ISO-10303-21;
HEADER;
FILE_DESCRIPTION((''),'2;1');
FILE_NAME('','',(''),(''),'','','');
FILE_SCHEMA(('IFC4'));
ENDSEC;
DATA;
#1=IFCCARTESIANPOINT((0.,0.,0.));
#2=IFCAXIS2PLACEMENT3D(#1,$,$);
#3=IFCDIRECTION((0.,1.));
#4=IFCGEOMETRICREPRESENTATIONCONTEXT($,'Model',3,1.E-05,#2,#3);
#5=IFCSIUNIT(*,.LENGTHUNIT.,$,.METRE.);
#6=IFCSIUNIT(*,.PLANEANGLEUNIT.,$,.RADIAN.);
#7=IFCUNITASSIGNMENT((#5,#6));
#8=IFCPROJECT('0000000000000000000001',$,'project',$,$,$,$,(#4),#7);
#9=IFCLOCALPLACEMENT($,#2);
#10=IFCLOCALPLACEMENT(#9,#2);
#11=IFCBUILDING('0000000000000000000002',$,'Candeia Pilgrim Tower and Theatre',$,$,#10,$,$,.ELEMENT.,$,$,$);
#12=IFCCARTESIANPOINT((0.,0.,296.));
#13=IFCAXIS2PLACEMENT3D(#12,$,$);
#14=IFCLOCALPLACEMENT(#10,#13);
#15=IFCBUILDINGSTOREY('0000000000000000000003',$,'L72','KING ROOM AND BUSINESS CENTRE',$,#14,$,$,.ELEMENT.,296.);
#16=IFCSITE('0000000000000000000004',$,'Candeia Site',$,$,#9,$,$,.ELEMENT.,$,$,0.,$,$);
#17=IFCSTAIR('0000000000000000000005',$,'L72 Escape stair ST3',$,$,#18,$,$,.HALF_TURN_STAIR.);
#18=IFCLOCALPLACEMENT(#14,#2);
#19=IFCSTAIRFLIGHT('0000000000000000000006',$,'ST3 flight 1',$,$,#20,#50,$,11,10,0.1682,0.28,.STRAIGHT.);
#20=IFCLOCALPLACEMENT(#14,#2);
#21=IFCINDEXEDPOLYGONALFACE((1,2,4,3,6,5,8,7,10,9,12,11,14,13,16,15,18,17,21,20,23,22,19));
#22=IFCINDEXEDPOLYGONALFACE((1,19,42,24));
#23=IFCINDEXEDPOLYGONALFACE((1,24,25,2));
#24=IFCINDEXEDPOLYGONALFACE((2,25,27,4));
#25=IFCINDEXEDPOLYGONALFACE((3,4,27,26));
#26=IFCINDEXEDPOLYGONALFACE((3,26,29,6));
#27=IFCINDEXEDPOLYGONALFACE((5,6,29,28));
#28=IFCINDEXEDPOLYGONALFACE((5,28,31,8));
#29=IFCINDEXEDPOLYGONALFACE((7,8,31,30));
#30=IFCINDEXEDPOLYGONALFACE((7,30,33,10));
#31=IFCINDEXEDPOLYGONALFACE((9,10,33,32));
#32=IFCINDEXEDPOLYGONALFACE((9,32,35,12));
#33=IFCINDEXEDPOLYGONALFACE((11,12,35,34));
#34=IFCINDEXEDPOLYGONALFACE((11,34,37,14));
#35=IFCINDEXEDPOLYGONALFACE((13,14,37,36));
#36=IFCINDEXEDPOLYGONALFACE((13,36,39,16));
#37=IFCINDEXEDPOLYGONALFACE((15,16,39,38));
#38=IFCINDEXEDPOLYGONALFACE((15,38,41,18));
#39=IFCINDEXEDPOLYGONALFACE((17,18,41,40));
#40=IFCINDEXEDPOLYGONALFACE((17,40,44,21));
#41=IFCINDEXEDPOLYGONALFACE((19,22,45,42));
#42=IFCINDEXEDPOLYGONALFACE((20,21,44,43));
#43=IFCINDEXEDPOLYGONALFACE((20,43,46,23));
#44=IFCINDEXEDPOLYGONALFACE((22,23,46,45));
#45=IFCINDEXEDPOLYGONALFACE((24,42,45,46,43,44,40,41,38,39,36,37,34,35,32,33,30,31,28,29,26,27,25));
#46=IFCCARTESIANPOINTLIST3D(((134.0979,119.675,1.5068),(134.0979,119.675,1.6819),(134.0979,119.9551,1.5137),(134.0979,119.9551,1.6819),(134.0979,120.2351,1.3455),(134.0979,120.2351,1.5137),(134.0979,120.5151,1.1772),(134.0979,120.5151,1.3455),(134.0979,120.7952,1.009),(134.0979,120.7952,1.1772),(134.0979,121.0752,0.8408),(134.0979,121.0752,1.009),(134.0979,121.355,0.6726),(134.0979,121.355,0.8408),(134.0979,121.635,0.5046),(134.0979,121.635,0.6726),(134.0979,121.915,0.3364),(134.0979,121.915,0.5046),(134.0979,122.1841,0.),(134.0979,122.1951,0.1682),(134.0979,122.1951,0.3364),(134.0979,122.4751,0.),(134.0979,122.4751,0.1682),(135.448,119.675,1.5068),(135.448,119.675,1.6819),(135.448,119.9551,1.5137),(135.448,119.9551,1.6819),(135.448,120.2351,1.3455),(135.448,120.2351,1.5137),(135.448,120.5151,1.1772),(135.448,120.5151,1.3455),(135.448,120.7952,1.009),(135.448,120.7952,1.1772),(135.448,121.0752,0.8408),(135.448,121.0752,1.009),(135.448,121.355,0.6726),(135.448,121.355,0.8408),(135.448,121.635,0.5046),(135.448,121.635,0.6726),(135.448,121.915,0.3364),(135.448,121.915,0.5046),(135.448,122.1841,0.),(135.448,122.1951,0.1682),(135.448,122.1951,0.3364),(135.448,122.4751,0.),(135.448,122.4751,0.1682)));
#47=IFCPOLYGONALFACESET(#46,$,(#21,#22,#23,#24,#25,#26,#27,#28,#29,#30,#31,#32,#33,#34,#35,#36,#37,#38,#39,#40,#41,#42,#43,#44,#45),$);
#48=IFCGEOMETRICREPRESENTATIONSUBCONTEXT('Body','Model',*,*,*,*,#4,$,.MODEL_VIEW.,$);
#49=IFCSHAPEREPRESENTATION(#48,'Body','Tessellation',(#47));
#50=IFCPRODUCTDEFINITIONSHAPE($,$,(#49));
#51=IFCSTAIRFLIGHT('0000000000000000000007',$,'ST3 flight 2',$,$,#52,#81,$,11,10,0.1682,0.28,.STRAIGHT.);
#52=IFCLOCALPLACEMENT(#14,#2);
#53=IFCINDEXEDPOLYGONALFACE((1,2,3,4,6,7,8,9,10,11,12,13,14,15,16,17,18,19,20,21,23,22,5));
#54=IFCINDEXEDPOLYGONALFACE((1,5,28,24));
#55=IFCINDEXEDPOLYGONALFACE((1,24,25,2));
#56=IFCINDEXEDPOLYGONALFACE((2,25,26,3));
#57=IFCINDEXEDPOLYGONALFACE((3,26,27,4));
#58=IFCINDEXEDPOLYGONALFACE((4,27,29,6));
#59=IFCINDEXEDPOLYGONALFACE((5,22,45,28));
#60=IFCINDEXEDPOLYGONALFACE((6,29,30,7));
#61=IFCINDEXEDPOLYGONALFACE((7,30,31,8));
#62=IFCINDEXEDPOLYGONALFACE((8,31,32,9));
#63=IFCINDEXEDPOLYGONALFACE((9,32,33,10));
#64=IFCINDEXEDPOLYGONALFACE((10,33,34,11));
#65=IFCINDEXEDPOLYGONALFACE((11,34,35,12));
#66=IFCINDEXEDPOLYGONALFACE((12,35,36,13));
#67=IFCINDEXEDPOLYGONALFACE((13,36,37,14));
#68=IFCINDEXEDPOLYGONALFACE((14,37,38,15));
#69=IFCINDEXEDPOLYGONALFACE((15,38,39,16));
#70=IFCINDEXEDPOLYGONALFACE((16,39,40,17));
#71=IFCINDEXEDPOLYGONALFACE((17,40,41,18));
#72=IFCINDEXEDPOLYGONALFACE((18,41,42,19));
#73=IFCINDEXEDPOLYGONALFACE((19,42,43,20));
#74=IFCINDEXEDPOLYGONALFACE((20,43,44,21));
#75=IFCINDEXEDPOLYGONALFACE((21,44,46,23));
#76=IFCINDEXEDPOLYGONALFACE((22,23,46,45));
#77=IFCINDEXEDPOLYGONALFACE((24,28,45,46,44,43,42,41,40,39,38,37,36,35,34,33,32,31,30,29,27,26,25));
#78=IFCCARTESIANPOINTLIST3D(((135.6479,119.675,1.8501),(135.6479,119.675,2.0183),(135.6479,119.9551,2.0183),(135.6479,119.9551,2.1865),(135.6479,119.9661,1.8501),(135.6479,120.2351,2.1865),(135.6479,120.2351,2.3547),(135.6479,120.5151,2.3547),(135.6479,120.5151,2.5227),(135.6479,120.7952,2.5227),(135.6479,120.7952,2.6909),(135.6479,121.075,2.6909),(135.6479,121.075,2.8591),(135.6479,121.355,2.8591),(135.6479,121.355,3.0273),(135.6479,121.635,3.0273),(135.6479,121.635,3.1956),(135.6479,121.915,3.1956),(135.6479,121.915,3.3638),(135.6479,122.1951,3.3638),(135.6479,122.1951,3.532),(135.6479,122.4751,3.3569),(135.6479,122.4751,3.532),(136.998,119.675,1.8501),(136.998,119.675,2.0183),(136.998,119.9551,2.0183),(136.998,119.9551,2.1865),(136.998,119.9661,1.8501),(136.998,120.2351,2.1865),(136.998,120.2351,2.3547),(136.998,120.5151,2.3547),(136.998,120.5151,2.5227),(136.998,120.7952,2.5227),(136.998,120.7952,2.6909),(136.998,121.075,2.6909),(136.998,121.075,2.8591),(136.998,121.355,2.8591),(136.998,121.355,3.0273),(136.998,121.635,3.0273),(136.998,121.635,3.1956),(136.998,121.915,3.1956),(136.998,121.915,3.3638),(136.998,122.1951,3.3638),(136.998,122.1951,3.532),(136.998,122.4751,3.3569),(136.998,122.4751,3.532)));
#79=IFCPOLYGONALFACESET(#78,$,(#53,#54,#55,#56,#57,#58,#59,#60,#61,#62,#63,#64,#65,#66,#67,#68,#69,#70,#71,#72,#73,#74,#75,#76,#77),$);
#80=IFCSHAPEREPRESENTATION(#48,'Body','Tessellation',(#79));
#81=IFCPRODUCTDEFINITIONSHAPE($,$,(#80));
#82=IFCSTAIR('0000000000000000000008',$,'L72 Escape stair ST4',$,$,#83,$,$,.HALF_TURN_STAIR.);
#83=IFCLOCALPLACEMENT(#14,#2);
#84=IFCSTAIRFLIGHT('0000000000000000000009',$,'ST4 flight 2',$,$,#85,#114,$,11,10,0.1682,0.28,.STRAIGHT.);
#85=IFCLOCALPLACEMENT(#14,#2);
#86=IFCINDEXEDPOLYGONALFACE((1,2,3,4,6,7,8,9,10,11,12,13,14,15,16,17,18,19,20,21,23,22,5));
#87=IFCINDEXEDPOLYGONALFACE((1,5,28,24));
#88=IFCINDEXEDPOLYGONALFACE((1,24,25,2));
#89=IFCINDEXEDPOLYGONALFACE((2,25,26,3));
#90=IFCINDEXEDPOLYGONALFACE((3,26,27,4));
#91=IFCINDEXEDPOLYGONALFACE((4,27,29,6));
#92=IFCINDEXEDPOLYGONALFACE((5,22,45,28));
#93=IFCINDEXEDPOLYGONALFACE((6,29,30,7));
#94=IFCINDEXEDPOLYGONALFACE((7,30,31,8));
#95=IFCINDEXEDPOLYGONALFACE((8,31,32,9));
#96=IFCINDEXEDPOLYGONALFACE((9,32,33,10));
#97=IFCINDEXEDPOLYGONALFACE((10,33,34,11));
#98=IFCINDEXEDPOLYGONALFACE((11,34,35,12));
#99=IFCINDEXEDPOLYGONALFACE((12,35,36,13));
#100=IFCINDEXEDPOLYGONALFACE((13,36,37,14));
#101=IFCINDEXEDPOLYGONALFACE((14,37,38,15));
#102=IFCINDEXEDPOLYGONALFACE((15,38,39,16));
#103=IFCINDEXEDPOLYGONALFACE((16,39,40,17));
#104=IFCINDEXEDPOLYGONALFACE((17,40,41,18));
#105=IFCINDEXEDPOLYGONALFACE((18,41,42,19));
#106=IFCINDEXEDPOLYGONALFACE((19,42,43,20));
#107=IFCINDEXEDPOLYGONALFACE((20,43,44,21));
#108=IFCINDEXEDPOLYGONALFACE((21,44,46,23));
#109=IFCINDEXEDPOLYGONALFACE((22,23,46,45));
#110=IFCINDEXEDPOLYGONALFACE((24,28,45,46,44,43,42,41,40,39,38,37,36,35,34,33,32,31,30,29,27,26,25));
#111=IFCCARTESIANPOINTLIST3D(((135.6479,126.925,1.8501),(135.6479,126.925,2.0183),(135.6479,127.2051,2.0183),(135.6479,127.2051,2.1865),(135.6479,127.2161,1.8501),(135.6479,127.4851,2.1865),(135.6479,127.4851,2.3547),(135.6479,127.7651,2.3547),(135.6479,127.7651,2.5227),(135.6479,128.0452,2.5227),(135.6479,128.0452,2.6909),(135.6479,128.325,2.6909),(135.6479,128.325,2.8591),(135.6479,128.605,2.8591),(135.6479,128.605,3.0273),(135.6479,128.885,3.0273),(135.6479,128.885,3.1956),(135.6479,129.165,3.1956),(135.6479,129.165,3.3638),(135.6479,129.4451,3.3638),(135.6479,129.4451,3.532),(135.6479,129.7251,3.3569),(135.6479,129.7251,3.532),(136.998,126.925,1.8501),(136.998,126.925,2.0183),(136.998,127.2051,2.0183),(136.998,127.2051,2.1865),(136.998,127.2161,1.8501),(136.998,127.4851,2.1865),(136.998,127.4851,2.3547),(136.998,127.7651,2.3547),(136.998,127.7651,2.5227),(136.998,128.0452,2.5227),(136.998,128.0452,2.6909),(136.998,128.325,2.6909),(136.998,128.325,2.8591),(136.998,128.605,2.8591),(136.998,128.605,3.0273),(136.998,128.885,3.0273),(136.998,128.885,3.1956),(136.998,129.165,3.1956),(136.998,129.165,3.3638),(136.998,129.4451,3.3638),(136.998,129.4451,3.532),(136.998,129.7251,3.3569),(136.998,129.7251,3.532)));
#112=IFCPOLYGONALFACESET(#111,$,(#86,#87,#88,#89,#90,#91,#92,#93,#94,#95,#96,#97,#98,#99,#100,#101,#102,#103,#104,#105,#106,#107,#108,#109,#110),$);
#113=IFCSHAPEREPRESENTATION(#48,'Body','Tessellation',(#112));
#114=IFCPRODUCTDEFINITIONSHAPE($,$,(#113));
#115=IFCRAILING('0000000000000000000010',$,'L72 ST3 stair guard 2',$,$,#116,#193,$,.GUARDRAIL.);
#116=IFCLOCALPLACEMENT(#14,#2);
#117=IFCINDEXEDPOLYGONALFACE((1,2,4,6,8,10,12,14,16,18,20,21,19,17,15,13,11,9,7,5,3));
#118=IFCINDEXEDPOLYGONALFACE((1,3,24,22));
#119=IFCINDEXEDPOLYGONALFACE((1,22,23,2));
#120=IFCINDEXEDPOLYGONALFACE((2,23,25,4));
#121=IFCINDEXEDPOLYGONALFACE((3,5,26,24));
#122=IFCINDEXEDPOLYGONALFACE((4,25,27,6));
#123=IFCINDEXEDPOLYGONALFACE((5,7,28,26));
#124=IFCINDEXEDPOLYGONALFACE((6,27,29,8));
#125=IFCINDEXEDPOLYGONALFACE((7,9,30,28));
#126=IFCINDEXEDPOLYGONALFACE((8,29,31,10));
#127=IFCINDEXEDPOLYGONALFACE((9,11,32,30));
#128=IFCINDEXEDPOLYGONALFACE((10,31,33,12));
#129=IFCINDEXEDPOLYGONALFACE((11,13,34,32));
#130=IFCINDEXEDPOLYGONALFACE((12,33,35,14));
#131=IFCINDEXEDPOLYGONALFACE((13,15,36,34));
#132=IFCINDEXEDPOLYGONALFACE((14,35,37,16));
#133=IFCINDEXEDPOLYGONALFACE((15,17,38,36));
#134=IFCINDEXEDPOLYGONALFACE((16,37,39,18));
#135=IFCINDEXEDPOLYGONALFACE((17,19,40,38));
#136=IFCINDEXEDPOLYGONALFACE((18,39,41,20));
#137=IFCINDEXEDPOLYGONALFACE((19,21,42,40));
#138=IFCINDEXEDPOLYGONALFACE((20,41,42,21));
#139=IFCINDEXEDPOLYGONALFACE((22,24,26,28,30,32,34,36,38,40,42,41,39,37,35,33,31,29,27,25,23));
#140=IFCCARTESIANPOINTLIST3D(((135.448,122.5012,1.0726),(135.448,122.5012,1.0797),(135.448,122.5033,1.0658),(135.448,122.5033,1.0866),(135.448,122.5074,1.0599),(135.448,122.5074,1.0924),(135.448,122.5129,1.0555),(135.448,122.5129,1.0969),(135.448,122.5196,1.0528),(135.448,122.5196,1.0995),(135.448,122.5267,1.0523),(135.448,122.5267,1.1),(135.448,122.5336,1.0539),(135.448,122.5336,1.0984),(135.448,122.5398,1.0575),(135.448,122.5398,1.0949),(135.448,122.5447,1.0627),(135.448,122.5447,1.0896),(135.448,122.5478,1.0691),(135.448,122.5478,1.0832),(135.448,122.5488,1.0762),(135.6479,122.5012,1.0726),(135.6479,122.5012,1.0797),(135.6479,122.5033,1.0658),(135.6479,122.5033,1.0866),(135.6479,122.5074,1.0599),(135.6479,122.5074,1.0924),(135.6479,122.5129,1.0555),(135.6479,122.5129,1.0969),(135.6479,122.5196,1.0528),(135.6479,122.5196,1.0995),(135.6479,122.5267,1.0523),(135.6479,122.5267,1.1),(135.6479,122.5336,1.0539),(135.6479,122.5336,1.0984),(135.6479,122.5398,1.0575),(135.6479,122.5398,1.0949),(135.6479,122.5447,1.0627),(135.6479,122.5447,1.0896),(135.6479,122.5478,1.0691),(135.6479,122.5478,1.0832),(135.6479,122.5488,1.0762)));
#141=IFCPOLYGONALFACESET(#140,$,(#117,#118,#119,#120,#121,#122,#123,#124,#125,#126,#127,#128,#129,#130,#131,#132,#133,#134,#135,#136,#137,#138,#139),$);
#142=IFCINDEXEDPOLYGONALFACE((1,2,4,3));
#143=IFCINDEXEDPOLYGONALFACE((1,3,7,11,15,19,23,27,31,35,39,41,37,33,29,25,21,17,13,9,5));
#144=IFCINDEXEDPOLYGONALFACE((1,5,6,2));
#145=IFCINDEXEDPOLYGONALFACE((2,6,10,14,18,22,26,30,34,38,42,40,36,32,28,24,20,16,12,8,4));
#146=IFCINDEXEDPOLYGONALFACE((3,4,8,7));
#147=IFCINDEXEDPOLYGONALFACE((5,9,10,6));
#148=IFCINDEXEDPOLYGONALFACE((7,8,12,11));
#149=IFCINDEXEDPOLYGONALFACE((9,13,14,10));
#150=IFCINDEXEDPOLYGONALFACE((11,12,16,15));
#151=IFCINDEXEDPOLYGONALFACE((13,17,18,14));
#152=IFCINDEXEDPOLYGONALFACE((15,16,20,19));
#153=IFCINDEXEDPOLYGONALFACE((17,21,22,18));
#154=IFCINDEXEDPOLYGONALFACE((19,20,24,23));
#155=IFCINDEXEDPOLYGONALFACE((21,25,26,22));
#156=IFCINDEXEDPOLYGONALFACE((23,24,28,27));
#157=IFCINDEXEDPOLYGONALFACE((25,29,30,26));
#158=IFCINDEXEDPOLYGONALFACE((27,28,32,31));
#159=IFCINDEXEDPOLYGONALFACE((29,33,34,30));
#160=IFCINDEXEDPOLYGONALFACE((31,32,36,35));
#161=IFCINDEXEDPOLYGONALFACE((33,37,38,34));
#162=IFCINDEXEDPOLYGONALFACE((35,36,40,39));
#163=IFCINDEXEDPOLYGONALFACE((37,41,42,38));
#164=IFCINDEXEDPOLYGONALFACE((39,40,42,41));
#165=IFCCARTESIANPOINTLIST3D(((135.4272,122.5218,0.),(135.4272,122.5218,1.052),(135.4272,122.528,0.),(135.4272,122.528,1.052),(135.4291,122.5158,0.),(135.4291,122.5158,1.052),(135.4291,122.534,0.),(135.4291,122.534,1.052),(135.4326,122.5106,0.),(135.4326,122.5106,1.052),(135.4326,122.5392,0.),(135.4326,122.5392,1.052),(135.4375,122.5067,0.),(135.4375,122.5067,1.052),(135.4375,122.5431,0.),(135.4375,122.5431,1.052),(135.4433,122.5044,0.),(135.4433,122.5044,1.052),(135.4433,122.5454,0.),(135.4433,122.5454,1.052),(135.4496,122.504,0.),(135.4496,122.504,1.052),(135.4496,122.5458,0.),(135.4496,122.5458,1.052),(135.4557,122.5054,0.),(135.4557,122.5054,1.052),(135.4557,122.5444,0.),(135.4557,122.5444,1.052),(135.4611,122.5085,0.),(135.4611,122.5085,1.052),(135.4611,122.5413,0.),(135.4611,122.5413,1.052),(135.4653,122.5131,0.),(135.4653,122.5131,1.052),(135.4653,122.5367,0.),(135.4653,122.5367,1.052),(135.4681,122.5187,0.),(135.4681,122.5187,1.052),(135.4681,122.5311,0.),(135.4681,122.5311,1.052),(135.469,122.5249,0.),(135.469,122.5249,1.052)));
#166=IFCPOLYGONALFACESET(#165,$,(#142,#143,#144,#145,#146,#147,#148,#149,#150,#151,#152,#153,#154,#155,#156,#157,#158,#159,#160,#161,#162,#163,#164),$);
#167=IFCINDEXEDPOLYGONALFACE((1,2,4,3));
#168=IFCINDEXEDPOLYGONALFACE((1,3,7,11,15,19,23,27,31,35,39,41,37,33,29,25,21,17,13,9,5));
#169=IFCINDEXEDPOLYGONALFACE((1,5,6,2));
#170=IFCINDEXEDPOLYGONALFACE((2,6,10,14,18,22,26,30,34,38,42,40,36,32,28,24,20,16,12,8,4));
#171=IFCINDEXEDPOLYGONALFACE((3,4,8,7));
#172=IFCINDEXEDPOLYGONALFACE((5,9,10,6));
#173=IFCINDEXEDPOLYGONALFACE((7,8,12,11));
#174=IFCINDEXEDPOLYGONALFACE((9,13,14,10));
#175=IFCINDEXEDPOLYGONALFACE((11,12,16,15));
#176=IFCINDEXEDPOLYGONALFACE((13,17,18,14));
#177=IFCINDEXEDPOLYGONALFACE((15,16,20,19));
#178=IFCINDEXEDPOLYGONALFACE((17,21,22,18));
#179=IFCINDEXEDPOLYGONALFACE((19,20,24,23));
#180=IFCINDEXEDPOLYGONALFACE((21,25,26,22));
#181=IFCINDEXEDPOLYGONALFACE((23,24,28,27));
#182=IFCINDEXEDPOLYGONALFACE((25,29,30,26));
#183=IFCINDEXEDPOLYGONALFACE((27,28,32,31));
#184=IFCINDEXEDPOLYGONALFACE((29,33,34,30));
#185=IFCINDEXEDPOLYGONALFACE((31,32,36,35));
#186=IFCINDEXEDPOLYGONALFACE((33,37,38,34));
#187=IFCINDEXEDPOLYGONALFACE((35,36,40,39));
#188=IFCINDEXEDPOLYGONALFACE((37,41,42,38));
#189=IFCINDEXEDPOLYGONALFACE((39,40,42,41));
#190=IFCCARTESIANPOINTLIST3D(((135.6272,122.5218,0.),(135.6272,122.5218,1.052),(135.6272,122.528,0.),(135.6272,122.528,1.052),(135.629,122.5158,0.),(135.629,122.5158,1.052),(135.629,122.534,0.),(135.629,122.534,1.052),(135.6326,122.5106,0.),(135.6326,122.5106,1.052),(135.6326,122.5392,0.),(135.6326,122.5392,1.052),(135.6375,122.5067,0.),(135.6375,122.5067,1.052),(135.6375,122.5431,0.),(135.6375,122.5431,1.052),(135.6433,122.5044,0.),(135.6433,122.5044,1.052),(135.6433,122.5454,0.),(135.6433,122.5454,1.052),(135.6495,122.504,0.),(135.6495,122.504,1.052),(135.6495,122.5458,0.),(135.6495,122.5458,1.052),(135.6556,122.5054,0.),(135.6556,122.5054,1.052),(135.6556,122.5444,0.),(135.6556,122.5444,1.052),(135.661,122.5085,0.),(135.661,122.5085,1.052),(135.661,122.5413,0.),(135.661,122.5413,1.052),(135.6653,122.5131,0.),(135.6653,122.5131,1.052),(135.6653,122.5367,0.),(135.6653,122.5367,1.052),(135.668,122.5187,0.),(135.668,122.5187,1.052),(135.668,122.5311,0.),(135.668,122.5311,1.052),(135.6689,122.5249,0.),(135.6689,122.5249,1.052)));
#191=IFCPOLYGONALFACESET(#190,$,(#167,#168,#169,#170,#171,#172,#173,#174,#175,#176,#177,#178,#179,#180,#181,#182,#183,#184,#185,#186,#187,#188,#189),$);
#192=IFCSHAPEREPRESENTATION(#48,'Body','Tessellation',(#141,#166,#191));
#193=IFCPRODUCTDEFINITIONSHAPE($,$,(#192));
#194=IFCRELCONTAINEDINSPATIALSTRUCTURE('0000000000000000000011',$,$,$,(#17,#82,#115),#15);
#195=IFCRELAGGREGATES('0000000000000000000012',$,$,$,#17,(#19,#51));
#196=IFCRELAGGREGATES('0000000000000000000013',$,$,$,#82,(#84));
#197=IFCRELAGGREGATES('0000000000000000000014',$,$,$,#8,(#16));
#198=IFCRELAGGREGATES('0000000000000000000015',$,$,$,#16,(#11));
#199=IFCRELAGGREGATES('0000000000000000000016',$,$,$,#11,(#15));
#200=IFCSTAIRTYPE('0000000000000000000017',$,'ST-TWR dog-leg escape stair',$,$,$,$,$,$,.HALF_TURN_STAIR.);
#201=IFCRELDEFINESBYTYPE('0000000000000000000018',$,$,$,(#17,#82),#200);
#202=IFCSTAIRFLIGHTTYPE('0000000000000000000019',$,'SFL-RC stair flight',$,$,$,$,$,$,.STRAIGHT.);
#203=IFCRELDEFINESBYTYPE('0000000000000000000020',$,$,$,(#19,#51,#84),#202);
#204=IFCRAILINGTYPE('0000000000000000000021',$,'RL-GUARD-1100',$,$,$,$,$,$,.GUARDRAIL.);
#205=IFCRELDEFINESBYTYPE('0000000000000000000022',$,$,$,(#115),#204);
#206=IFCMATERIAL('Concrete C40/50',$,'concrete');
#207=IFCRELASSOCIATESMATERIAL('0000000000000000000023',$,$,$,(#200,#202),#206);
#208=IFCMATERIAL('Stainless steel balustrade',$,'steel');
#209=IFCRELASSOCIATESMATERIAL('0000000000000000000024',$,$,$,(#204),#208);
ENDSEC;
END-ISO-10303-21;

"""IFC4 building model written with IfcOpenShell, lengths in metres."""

from ifc_helpers import new_model, si_unit, direction, frame, origin, origin_2d, place, context, subcontext, project, spatial, polyline, circle, outline, extrude, material, type_object, element, aggregate, save


model = new_model("IFC4")

# Units and contexts
model_context = context("Model", 3, precision=1e-05, world=origin(), true_north=direction((0.0, 1.0)))
body_context = subcontext(model_context, "Body", "Model", "MODEL_VIEW")
ifc_project = project(units=[si_unit("LENGTHUNIT", "METRE"), si_unit("PLANEANGLEUNIT", "RADIAN")], contexts=[model_context])

# Site, building, storey
site_placement = place(None, origin())
site = spatial("IfcSite", under=ifc_project, at=site_placement, Name="Candeia Site", CompositionType="ELEMENT", RefElevation=0.0)
building_placement = place(site_placement, origin())
building = spatial("IfcBuilding", under=site, at=building_placement, Name="Candeia Pilgrim Tower and Theatre", CompositionType="ELEMENT")
storey_placement = place(building_placement, frame((0.0, 0.0, 296.0)))
storey = spatial("IfcBuildingStorey", under=building, at=storey_placement, Name="L72", Description="KING ROOM AND BUSINESS CENTRE", CompositionType="ELEMENT", Elevation=296.0)

# Shared definitions
ifc_material_1 = material(Name="Concrete C40/50", Category="concrete")

# Stair, stair flights
stair_type = type_object("IfcStairType", Name="ST-TWR dog-leg escape stair", PredefinedType="HALF_TURN_STAIR", material=ifc_material_1)
stair_1_placement = place(storey_placement, origin())
stair_1 = element("IfcStair", 1, at=stair_1_placement, inside=storey, type_object=stair_type, Name="L72 Escape stair ST3", PredefinedType="HALF_TURN_STAIR")
stair_flight_type = type_object("IfcStairFlightType", Name="SFL-RC stair flight", PredefinedType="STRAIGHT", material=ifc_material_1)
stair_flight_1_placement = place(storey_placement, frame((134.7729, 122.4751, 0.0), z_axis=(0.0, 0.0, 1.0), x_axis=(0.0, -1.0, 0.0)))
stair_flight_1 = element("IfcStairFlight", 2, at=stair_flight_1_placement, type_object=stair_flight_type, Name="ST3 flight 1", NumberOfRisers=11, NumberOfTreads=10, PredefinedType="STRAIGHT", RiserHeight=0.1682, TreadLength=0.28, context=body_context, shape_type="SweptSolid", body=[
    extrude(outline(polyline([(0.0, 0.0), (0.0, 0.1682), (0.28, 0.1682), (0.28, 0.3364), (0.5601, 0.3364), (0.5601, 0.5046), (0.8401, 0.5046), (0.8401, 0.6726), (1.1201, 0.6726), (1.1201, 0.8408), (1.3999, 0.8408), (1.3999, 1.009), (1.6799, 1.009), (1.6799, 1.1772), (1.96, 1.1772), (1.96, 1.3455), (2.24, 1.3455), (2.24, 1.5137), (2.52, 1.5137), (2.52, 1.6819), (2.8, 1.6819), (2.8, 1.8501), (2.8, 1.5068), (0.291, 0.0), (0.0, 0.0)])), frame((0.0, 0.675, 0.0), z_axis=(0.0, -1.0, 0.0), x_axis=(1.0, 0.0, 0.0)), (0.0, 0.0, 1.0), 1.3501),
])
stair_flight_2_placement = place(storey_placement, frame((136.323, 119.675, 1.8501), z_axis=(0.0, 0.0, 1.0), x_axis=(0.0, 1.0, 0.0)))
stair_flight_2 = element("IfcStairFlight", 3, at=stair_flight_2_placement, type_object=stair_flight_type, Name="ST3 flight 2", NumberOfRisers=11, NumberOfTreads=10, PredefinedType="STRAIGHT", RiserHeight=0.1682, TreadLength=0.28, context=body_context, shape_type="SweptSolid", body=[
    extrude(outline(polyline([(0.0, 0.0), (0.0, 0.1682), (0.28, 0.1682), (0.28, 0.3364), (0.5601, 0.3364), (0.5601, 0.5046), (0.8401, 0.5046), (0.8401, 0.6726), (1.1201, 0.6726), (1.1201, 0.8408), (1.3999, 0.8408), (1.3999, 1.009), (1.6799, 1.009), (1.6799, 1.1772), (1.96, 1.1772), (1.96, 1.3455), (2.24, 1.3455), (2.24, 1.5137), (2.52, 1.5137), (2.52, 1.6819), (2.8, 1.6819), (2.8, 1.8501), (2.8, 1.5068), (0.291, 0.0), (0.0, 0.0)])), frame((0.0, 0.675, 0.0), z_axis=(0.0, -1.0, 0.0), x_axis=(1.0, 0.0, 0.0)), (0.0, 0.0, 1.0), 1.3501),
])
aggregate(stair_1, [stair_flight_1, stair_flight_2])

# Stair, stair flight
stair_2_placement = place(storey_placement, origin())
stair_2 = element("IfcStair", 4, at=stair_2_placement, inside=storey, type_object=stair_type, Name="L72 Escape stair ST4", PredefinedType="HALF_TURN_STAIR")
stair_flight_3_placement = place(storey_placement, frame((136.323, 126.925, 1.8501), z_axis=(0.0, 0.0, 1.0), x_axis=(0.0, 1.0, 0.0)))
stair_flight_3 = element("IfcStairFlight", 5, at=stair_flight_3_placement, type_object=stair_flight_type, Name="ST4 flight 2", NumberOfRisers=11, NumberOfTreads=10, PredefinedType="STRAIGHT", RiserHeight=0.1682, TreadLength=0.28, context=body_context, shape_type="SweptSolid", body=[
    extrude(outline(polyline([(0.0, 0.0), (0.0, 0.1682), (0.28, 0.1682), (0.28, 0.3364), (0.5601, 0.3364), (0.5601, 0.5046), (0.8401, 0.5046), (0.8401, 0.6726), (1.1201, 0.6726), (1.1201, 0.8408), (1.3999, 0.8408), (1.3999, 1.009), (1.6799, 1.009), (1.6799, 1.1772), (1.96, 1.1772), (1.96, 1.3455), (2.24, 1.3455), (2.24, 1.5137), (2.52, 1.5137), (2.52, 1.6819), (2.8, 1.6819), (2.8, 1.8501), (2.8, 1.5068), (0.291, 0.0), (0.0, 0.0)])), frame((0.0, 0.675, 0.0), z_axis=(0.0, -1.0, 0.0), x_axis=(1.0, 0.0, 0.0)), (0.0, 0.0, 1.0), 1.3501),
])
aggregate(stair_2, [stair_flight_3])

# Railing
ifc_material_2 = material(Name="Stainless steel balustrade", Category="steel")
railing_type_1 = type_object("IfcRailingType", Name="RL-GUARD-1100", PredefinedType="GUARDRAIL", material=ifc_material_2)
railing_1_placement = place(storey_placement, frame((135.448, 122.5249, 0.0)))
element("IfcRailing", 6, at=railing_1_placement, inside=storey, type_object=railing_type_1, Name="L72 ST3 stair guard 2", PredefinedType="GUARDRAIL", context=body_context, shape_type="SweptSolid", body=[
    extrude(circle(Radius=0.0239, at=origin_2d()), frame((0.0, 0.0, 1.0762), z_axis=(1.0, 0.0, 0.0), x_axis=(0.0, 1.0, 0.0)), (0.0, 0.0, 1.0), 0.2),
    extrude(circle(Radius=0.021, at=origin_2d()), origin(), (0.0, 0.0, 1.0), 1.052),
    extrude(circle(Radius=0.021, at=origin_2d()), frame((0.2, 0.0, 0.0)), (0.0, 0.0, 1.0), 1.052),
])

save(model, "model.ifc")
